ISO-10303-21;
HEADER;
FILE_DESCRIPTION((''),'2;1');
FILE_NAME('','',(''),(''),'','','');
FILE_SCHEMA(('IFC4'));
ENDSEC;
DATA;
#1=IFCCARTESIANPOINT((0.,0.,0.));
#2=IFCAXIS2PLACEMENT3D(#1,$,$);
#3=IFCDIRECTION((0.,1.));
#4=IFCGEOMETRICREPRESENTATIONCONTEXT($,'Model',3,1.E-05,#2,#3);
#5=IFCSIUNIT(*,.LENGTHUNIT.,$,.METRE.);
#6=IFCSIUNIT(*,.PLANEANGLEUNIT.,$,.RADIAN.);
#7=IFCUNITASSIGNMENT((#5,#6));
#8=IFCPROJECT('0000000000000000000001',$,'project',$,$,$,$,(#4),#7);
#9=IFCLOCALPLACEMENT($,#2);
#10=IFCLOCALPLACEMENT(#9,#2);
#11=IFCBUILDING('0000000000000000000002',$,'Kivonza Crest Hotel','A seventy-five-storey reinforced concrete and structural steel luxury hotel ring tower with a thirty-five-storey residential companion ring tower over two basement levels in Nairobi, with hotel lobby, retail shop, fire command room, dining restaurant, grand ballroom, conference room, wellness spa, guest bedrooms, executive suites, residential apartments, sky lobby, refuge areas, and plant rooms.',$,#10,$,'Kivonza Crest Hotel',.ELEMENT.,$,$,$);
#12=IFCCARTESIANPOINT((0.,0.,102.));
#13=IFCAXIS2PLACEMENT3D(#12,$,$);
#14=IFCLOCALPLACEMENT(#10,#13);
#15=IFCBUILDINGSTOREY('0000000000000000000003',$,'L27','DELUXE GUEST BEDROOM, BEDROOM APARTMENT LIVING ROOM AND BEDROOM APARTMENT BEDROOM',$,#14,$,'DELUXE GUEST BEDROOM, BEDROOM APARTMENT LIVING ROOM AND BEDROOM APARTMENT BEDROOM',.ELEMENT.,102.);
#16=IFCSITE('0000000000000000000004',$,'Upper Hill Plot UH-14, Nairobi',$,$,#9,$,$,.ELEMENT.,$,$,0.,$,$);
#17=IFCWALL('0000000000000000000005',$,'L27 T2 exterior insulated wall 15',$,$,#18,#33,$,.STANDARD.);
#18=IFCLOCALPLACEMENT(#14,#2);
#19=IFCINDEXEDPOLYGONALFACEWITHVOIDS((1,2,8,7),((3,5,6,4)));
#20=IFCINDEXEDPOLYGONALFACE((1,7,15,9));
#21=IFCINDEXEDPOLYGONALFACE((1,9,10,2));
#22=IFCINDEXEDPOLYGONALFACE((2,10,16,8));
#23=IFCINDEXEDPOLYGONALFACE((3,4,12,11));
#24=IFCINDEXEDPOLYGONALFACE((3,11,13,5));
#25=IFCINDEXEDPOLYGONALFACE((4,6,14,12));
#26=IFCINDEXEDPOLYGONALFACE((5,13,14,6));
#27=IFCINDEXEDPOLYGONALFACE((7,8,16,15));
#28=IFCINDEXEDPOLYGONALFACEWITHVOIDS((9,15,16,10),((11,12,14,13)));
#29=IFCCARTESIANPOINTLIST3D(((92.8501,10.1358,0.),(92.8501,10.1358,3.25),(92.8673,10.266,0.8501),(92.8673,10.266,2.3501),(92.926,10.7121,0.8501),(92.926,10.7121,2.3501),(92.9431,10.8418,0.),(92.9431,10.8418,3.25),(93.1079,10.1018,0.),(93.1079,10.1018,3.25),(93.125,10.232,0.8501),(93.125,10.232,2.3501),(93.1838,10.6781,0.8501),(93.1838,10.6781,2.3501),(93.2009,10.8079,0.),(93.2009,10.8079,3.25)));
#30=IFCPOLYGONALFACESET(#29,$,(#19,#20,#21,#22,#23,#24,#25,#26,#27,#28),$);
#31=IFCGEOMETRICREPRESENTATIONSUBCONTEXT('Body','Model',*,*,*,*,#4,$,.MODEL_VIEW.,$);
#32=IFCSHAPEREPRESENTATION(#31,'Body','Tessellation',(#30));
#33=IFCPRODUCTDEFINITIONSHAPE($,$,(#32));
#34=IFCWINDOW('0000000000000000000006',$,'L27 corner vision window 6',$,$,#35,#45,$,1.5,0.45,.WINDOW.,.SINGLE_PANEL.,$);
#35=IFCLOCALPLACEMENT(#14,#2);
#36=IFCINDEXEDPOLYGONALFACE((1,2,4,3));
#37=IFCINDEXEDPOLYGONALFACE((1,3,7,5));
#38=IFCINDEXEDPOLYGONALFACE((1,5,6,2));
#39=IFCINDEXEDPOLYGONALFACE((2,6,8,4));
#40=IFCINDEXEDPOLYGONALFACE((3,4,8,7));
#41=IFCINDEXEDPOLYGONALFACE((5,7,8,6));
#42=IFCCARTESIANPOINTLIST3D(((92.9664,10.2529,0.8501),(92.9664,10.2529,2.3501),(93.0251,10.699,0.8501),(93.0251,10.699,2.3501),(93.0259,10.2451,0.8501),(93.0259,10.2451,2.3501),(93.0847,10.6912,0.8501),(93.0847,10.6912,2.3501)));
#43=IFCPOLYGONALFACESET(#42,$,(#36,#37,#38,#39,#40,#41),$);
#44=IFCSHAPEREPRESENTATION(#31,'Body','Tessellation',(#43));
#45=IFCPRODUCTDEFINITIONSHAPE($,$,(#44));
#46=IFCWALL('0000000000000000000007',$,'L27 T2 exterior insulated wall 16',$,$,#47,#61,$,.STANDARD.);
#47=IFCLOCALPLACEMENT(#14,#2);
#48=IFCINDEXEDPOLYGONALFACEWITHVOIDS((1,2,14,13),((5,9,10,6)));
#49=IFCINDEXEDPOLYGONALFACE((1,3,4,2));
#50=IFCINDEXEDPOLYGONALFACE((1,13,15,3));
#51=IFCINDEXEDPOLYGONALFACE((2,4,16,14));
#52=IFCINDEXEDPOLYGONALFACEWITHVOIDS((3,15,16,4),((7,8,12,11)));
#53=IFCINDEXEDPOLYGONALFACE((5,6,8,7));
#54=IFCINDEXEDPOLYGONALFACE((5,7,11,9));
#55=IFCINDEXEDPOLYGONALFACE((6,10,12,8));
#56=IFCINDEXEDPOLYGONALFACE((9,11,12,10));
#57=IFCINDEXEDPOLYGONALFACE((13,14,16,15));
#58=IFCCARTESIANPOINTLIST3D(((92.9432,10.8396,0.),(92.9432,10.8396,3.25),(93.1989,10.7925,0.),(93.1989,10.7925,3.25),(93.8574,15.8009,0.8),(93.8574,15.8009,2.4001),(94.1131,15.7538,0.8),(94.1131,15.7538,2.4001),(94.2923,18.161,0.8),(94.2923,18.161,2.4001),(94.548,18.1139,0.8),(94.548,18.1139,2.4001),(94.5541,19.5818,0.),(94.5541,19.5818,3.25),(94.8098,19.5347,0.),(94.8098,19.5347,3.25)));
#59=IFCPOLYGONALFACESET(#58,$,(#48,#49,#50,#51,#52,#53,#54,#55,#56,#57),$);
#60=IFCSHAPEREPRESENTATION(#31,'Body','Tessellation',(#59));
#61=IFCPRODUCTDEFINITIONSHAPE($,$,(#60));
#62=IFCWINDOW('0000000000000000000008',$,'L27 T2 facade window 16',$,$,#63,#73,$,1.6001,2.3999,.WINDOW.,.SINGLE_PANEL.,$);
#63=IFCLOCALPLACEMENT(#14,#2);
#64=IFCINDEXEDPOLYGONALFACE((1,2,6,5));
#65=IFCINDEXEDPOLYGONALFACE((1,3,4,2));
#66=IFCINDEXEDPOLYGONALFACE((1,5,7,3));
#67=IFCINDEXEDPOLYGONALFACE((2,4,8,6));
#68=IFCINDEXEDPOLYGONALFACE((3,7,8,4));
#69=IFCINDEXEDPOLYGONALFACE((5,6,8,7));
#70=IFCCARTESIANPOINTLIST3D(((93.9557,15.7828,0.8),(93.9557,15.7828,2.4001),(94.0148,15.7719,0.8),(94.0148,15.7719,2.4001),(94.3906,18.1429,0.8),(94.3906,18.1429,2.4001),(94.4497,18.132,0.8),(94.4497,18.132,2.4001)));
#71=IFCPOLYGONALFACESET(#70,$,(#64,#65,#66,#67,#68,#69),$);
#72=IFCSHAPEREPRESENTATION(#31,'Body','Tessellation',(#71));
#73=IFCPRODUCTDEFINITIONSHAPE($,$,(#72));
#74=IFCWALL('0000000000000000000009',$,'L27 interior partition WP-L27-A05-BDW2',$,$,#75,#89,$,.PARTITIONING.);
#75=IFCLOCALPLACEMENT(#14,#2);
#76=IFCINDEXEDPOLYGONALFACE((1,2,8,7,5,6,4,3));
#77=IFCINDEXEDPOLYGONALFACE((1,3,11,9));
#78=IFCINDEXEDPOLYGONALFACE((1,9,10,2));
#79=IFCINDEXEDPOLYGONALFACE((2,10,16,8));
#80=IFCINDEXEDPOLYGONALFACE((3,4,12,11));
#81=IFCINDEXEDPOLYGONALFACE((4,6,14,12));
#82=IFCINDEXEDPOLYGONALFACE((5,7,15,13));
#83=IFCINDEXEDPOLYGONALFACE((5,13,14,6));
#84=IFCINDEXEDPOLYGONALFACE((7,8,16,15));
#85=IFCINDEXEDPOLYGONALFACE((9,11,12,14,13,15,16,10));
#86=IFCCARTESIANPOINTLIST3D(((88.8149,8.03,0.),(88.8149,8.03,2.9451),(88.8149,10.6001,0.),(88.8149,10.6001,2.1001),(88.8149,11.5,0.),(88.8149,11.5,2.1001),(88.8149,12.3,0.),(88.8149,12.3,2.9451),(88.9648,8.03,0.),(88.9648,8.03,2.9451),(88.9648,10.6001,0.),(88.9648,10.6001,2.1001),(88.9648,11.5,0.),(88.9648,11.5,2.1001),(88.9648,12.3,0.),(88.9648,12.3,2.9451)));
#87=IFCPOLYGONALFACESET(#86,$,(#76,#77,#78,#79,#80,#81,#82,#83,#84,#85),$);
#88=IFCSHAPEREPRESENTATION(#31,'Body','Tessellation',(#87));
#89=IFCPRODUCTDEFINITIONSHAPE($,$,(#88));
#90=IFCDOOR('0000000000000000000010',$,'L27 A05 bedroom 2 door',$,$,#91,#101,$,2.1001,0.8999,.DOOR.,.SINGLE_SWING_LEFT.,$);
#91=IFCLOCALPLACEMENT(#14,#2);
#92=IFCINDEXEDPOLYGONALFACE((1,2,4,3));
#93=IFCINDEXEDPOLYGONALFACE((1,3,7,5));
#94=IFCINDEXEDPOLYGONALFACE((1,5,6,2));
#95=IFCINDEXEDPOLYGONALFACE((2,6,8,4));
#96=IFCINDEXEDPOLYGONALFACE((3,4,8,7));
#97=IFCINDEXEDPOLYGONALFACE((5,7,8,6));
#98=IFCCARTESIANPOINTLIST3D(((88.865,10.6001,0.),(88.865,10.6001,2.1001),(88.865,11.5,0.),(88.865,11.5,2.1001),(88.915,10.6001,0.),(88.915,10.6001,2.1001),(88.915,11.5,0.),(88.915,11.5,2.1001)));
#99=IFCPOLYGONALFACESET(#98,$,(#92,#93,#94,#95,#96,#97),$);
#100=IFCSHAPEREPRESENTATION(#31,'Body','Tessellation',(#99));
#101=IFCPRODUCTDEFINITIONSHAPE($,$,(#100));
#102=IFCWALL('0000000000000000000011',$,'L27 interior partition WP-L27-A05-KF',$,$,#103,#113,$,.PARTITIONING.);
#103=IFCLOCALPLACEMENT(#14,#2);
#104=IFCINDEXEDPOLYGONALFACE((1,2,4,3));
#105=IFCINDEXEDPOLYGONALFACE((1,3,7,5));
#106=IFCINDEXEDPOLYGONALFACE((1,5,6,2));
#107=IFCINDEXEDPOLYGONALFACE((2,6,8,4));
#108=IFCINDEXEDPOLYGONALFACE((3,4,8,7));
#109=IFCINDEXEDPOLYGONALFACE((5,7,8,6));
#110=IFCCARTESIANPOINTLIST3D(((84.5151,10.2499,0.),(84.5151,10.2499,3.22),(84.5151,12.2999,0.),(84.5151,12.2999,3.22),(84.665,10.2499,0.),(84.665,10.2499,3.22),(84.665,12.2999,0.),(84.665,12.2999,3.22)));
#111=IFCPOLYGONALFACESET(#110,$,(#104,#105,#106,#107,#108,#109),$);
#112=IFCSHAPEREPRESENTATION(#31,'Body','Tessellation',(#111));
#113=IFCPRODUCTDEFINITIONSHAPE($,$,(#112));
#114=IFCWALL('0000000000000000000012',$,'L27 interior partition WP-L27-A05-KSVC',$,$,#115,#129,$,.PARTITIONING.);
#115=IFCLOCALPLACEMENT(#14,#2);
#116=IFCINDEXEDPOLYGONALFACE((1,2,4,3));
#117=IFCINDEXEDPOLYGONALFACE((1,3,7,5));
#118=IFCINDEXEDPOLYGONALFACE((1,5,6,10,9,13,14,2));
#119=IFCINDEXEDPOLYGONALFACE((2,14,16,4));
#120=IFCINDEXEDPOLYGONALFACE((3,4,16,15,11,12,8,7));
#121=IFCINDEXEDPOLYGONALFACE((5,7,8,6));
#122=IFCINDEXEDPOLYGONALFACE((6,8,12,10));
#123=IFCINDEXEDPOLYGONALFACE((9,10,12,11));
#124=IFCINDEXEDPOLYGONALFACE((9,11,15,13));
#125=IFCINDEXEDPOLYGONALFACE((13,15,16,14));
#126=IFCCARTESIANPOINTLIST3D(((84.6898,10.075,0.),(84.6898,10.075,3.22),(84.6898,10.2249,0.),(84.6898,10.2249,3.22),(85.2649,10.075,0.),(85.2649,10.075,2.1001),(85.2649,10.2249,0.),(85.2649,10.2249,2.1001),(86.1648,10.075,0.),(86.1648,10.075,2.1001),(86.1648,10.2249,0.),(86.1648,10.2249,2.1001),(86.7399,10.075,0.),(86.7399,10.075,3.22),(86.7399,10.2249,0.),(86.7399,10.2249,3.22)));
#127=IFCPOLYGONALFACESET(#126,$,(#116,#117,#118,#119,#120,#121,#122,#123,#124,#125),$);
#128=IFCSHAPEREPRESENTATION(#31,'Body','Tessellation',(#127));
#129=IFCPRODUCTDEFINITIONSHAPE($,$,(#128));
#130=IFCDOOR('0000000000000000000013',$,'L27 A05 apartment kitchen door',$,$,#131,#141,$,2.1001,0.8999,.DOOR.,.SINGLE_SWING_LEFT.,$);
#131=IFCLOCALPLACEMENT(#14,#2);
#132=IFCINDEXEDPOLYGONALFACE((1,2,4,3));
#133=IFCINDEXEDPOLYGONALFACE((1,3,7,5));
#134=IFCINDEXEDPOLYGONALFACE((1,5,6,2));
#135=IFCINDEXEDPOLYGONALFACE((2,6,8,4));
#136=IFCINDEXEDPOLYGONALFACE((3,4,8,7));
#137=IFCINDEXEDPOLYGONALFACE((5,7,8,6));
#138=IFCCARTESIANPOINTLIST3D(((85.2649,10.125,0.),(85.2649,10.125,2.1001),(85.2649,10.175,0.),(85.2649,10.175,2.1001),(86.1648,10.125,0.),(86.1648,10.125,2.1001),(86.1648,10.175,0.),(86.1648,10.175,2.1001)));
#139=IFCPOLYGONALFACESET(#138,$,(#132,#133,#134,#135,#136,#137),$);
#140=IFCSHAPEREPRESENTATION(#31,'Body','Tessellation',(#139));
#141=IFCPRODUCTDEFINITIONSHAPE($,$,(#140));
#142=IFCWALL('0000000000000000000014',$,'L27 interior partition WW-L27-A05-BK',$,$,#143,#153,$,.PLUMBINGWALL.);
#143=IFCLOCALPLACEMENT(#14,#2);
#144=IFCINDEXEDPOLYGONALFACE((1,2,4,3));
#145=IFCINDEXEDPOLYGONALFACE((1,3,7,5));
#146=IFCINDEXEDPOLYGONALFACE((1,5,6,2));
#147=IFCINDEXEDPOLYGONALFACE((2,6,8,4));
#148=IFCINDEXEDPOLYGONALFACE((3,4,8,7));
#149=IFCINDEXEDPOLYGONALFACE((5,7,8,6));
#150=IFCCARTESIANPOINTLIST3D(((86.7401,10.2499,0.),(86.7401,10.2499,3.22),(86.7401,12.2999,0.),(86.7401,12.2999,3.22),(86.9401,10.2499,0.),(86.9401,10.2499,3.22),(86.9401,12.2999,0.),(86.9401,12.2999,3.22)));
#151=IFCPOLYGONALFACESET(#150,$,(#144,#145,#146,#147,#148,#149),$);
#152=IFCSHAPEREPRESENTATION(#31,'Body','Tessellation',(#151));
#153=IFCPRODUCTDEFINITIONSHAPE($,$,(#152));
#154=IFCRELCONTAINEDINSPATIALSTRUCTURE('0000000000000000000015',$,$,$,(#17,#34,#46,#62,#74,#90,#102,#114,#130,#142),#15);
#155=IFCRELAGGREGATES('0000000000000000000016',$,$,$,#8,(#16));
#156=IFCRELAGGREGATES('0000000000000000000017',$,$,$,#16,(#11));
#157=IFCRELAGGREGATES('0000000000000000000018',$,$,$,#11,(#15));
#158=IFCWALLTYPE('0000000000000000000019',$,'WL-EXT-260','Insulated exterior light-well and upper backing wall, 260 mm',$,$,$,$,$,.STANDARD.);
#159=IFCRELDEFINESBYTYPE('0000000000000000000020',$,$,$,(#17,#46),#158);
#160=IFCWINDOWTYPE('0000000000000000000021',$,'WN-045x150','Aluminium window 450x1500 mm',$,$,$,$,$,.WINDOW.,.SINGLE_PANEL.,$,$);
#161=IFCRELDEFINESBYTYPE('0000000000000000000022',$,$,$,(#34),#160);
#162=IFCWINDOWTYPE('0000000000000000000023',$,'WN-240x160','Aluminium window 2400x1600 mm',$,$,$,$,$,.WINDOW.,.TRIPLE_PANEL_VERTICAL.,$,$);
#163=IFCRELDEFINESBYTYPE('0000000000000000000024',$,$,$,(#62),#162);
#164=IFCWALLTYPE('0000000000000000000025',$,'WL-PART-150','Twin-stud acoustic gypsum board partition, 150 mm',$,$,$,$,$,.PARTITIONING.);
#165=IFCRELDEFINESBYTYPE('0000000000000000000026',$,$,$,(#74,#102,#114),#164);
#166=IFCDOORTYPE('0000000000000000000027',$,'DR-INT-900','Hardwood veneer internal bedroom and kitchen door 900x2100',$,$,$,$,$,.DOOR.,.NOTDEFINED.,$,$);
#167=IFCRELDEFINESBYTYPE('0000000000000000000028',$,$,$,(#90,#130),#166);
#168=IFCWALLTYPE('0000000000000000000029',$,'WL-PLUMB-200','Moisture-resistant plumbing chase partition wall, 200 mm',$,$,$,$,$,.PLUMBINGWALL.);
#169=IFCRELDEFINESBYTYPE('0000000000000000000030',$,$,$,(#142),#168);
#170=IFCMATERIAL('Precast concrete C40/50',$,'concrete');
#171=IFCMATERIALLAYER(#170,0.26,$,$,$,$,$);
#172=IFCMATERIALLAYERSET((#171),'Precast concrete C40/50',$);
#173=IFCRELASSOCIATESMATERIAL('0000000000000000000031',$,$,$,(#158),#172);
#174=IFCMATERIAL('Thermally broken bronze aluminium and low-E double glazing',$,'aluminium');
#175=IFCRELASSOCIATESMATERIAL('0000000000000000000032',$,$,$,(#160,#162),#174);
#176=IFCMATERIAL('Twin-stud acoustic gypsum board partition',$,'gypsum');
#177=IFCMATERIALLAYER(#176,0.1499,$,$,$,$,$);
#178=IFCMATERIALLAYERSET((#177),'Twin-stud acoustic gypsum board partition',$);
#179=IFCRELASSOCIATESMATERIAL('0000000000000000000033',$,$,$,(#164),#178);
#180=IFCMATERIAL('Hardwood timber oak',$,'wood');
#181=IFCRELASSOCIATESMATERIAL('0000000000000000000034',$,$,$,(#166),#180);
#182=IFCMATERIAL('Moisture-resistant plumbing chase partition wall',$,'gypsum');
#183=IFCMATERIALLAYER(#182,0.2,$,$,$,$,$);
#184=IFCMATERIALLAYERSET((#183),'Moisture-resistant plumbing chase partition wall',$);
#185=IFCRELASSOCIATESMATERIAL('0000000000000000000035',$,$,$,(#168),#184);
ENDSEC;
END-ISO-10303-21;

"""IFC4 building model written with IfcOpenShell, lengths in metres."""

from ifc_helpers import new_model, si_unit, direction, frame, frame_2d, origin, place, context, subcontext, project, spatial, rectangle, extrude, material, layer, layer_set, type_object, element, fill, save


model = new_model("IFC4")

# Units and contexts
model_context = context("Model", 3, precision=1e-05, world=origin(), true_north=direction((0.0, 1.0)))
body_context = subcontext(model_context, "Body", "Model", "MODEL_VIEW")
ifc_project = project(units=[si_unit("LENGTHUNIT", "METRE"), si_unit("PLANEANGLEUNIT", "RADIAN")], contexts=[model_context])

# Site, building, storey
site_placement = place(None, origin())
site = spatial("IfcSite", under=ifc_project, at=site_placement, Name="Upper Hill Plot UH-14, Nairobi", CompositionType="ELEMENT", RefElevation=0.0)
building_placement = place(site_placement, origin())
building = spatial("IfcBuilding", under=site, at=building_placement, Name="Kivonza Crest Hotel", Description="A seventy-five-storey reinforced concrete and structural steel luxury hotel ring tower with a thirty-five-storey residential companion ring tower over two basement levels in Nairobi, with hotel lobby, retail shop, fire command room, dining restaurant, grand ballroom, conference room, wellness spa, guest bedrooms, executive suites, residential apartments, sky lobby, refuge areas, and plant rooms.", LongName="Kivonza Crest Hotel", CompositionType="ELEMENT")
storey_placement = place(building_placement, frame((0.0, 0.0, 102.0)))
storey = spatial("IfcBuildingStorey", under=building, at=storey_placement, Name="L27", Description="DELUXE GUEST BEDROOM, BEDROOM APARTMENT LIVING ROOM AND BEDROOM APARTMENT BEDROOM", LongName="DELUXE GUEST BEDROOM, BEDROOM APARTMENT LIVING ROOM AND BEDROOM APARTMENT BEDROOM", CompositionType="ELEMENT", Elevation=102.0)

# Shared definitions
ifc_material_1 = material(Name="Precast concrete C40/50", Category="concrete")
ifc_layer_1 = layer(ifc_material_1, 0.26)
ifc_layer_set_1 = layer_set([ifc_layer_1], Name="Precast concrete C40/50")
wall_type_1 = type_object("IfcWallType", Name="WL-EXT-260", Description="Insulated exterior light-well and upper backing wall, 260 mm", PredefinedType="STANDARD", material=ifc_layer_set_1)

# Walls, openings, windows
wall_1_placement = place(storey_placement, frame((92.979, 10.1189, 0.0), z_axis=(0.0, 0.0, 1.0), x_axis=(0.130614, 0.991433, 0.0)))
wall_1 = element("IfcWall", 1, at=wall_1_placement, inside=storey, type_object=wall_type_1, Name="L27 T2 exterior insulated wall 15", PredefinedType="STANDARD", context=body_context, shape_type="SweptSolid", body=[
    extrude(rectangle(XDim=0.7122, YDim=0.26, at=frame_2d((0.356, 0.0))), origin(), (0.0, 0.0, 1.0), 3.25),
])
opening_1_placement = place(wall_1_placement, frame((0.1311, 0.0, 0.8501)))
opening_1 = element("IfcOpeningElement", 2, at=opening_1_placement, cuts=wall_1, PredefinedType="OPENING", context=body_context, shape_type="SweptSolid", body=[
    extrude(rectangle(XDim=0.45, YDim=1.5, at=frame_2d((0.2251, 0.75))), frame((0.0, 0.1401, 0.0), z_axis=(0.0, -1.0, 0.0), x_axis=(1.0, 0.0, 0.0)), (0.0, 0.0, 1.0), 0.28),
])
ifc_material_2 = material(Name="Thermally broken bronze aluminium and low-E double glazing", Category="aluminium")
window_type_1 = type_object("IfcWindowType", Name="WN-045x150", Description="Aluminium window 450x1500 mm", PartitioningType="SINGLE_PANEL", PredefinedType="WINDOW", material=ifc_material_2)
window_1_placement = place(opening_1_placement, origin())
window_1 = element("IfcWindow", 3, at=window_1_placement, inside=storey, type_object=window_type_1, Name="L27 corner vision window 6", OverallHeight=1.5, OverallWidth=0.45, PartitioningType="SINGLE_PANEL", PredefinedType="WINDOW", context=body_context, shape_type="SweptSolid", body=[
    extrude(rectangle(XDim=0.45, YDim=1.5, at=frame_2d((0.2251, 0.75))), frame((0.0, 0.03, 0.0), z_axis=(0.0, -1.0, 0.0), x_axis=(1.0, 0.0, 0.0)), (0.0, 0.0, 1.0), 0.0601),
])
fill(opening_1, window_1)
wall_2_placement = place(storey_placement, frame((93.071, 10.8159, 0.0), z_axis=(0.0, 0.0, 1.0), x_axis=(0.18121, 0.983444, 0.0)))
wall_2 = element("IfcWall", 4, at=wall_2_placement, inside=storey, type_object=wall_type_1, Name="L27 T2 exterior insulated wall 16", PredefinedType="STANDARD", context=body_context, shape_type="SweptSolid", body=[
    extrude(rectangle(XDim=8.8894, YDim=0.26, at=frame_2d((4.4448, 0.0))), origin(), (0.0, 0.0, 1.0), 3.25),
])
opening_2_placement = place(wall_2_placement, frame((5.0449, 0.0, 0.8)))
opening_2 = element("IfcOpeningElement", 5, at=opening_2_placement, cuts=wall_2, PredefinedType="OPENING", context=body_context, shape_type="SweptSolid", body=[
    extrude(rectangle(XDim=2.3999, YDim=1.6001, at=frame_2d((1.2, 0.8))), frame((0.0, 0.1401, 0.0), z_axis=(0.0, -1.0, 0.0), x_axis=(1.0, 0.0, 0.0)), (0.0, 0.0, 1.0), 0.28),
])
window_type_2 = type_object("IfcWindowType", Name="WN-240x160", Description="Aluminium window 2400x1600 mm", PartitioningType="TRIPLE_PANEL_VERTICAL", PredefinedType="WINDOW", material=ifc_material_2)
window_2_placement = place(opening_2_placement, origin())
window_2 = element("IfcWindow", 6, at=window_2_placement, inside=storey, type_object=window_type_2, Name="L27 T2 facade window 16", OverallHeight=1.6001, OverallWidth=2.3999, PartitioningType="SINGLE_PANEL", PredefinedType="WINDOW", context=body_context, shape_type="SweptSolid", body=[
    extrude(rectangle(XDim=2.3999, YDim=1.6001, at=frame_2d((1.2, 0.8))), frame((0.0, 0.03, 0.0), z_axis=(0.0, -1.0, 0.0), x_axis=(1.0, 0.0, 0.0)), (0.0, 0.0, 1.0), 0.0601),
])
fill(opening_2, window_2)

# Wall, opening, door
ifc_material_3 = material(Name="Twin-stud acoustic gypsum board partition", Category="gypsum")
ifc_layer_2 = layer(ifc_material_3, 0.1499)
ifc_layer_set_2 = layer_set([ifc_layer_2], Name="Twin-stud acoustic gypsum board partition")
wall_type_2 = type_object("IfcWallType", Name="WL-PART-150", Description="Twin-stud acoustic gypsum board partition, 150 mm", PredefinedType="PARTITIONING", material=ifc_layer_set_2)
wall_3_placement = place(storey_placement, frame((88.8899, 8.03, 0.0), z_axis=(0.0, 0.0, 1.0), x_axis=(0.0, 1.0, 0.0)))
wall_3 = element("IfcWall", 7, at=wall_3_placement, inside=storey, type_object=wall_type_2, Name="L27 interior partition WP-L27-A05-BDW2", PredefinedType="PARTITIONING", context=body_context, shape_type="SweptSolid", body=[
    extrude(rectangle(XDim=4.27, YDim=0.1499, at=frame_2d((2.135, 0.0))), origin(), (0.0, 0.0, 1.0), 2.9451),
])
opening_3_placement = place(wall_3_placement, frame((2.5701, 0.0, 0.0)))
opening_3 = element("IfcOpeningElement", 8, at=opening_3_placement, cuts=wall_3, PredefinedType="OPENING", context=body_context, shape_type="SweptSolid", body=[
    extrude(rectangle(XDim=0.8999, YDim=2.1001, at=frame_2d((0.45, 1.05))), frame((0.0, 0.085, 0.0), z_axis=(0.0, -1.0, 0.0), x_axis=(1.0, 0.0, 0.0)), (0.0, 0.0, 1.0), 0.1699),
])
ifc_material_4 = material(Name="Hardwood timber oak", Category="wood")
door_type_1 = type_object("IfcDoorType", Name="DR-INT-900", Description="Hardwood veneer internal bedroom and kitchen door 900x2100", OperationType="NOTDEFINED", PredefinedType="DOOR", material=ifc_material_4)
door_1_placement = place(opening_3_placement, origin())
door_1 = element("IfcDoor", 9, at=door_1_placement, inside=storey, type_object=door_type_1, Name="L27 A05 bedroom 2 door", OperationType="SINGLE_SWING_LEFT", OverallHeight=2.1001, OverallWidth=0.8999, PredefinedType="DOOR", context=body_context, shape_type="SweptSolid", body=[
    extrude(rectangle(XDim=0.8999, YDim=2.1001, at=frame_2d((0.45, 1.05))), frame((0.0, 0.0249, 0.0), z_axis=(0.0, -1.0, 0.0), x_axis=(1.0, 0.0, 0.0)), (0.0, 0.0, 1.0), 0.05),
])
fill(opening_3, door_1)

# Wall
wall_4_placement = place(storey_placement, frame((84.5901, 10.25, 0.0), z_axis=(0.0, 0.0, 1.0), x_axis=(0.0, 1.0, 0.0)))
element("IfcWall", 10, at=wall_4_placement, inside=storey, type_object=wall_type_2, Name="L27 interior partition WP-L27-A05-KF", PredefinedType="PARTITIONING", context=body_context, shape_type="SweptSolid", body=[
    extrude(rectangle(XDim=2.05, YDim=0.1499, at=frame_2d((1.0249, 0.0))), origin(), (0.0, 0.0, 1.0), 3.22),
])

# Wall, opening, door
wall_5_placement = place(storey_placement, frame((84.6899, 10.1499, 0.0), z_axis=(0.0, 0.0, 1.0), x_axis=(1.0, 0.0, 0.0)))
wall_5 = element("IfcWall", 11, at=wall_5_placement, inside=storey, type_object=wall_type_2, Name="L27 interior partition WP-L27-A05-KSVC", PredefinedType="PARTITIONING", context=body_context, shape_type="SweptSolid", body=[
    extrude(rectangle(XDim=2.05, YDim=0.1499, at=frame_2d((1.0249, 0.0))), origin(), (0.0, 0.0, 1.0), 3.22),
])
opening_4_placement = place(wall_5_placement, frame((0.575, 0.0, 0.0)))
opening_4 = element("IfcOpeningElement", 12, at=opening_4_placement, cuts=wall_5, PredefinedType="OPENING", context=body_context, shape_type="SweptSolid", body=[
    extrude(rectangle(XDim=0.8999, YDim=2.1001, at=frame_2d((0.45, 1.05))), frame((0.0, 0.085, 0.0), z_axis=(0.0, -1.0, 0.0), x_axis=(1.0, 0.0, 0.0)), (0.0, 0.0, 1.0), 0.1699),
])
door_2_placement = place(opening_4_placement, frame((0.8999, 0.0, 0.0), z_axis=(0.0, 0.0, 1.0), x_axis=(-1.0, 0.0, 0.0)))
door_2 = element("IfcDoor", 13, at=door_2_placement, inside=storey, type_object=door_type_1, Name="L27 A05 apartment kitchen door", OperationType="SINGLE_SWING_LEFT", OverallHeight=2.1001, OverallWidth=0.8999, PredefinedType="DOOR", context=body_context, shape_type="SweptSolid", body=[
    extrude(rectangle(XDim=0.8999, YDim=2.1001, at=frame_2d((0.45, 1.05))), frame((0.0, 0.0249, 0.0), z_axis=(0.0, -1.0, 0.0), x_axis=(1.0, 0.0, 0.0)), (0.0, 0.0, 1.0), 0.05),
])
fill(opening_4, door_2)

# Wall
ifc_material_5 = material(Name="Moisture-resistant plumbing chase partition wall", Category="gypsum")
ifc_layer_3 = layer(ifc_material_5, 0.2)
ifc_layer_set_3 = layer_set([ifc_layer_3], Name="Moisture-resistant plumbing chase partition wall")
wall_type_3 = type_object("IfcWallType", Name="WL-PLUMB-200", Description="Moisture-resistant plumbing chase partition wall, 200 mm", PredefinedType="PLUMBINGWALL", material=ifc_layer_set_3)
wall_6_placement = place(storey_placement, frame((86.8401, 10.25, 0.0), z_axis=(0.0, 0.0, 1.0), x_axis=(0.0, 1.0, 0.0)))
element("IfcWall", 14, at=wall_6_placement, inside=storey, type_object=wall_type_3, Name="L27 interior partition WW-L27-A05-BK", PredefinedType="PLUMBINGWALL", context=body_context, shape_type="SweptSolid", body=[
    extrude(rectangle(XDim=2.05, YDim=0.2, at=frame_2d((1.0249, 0.0))), origin(), (0.0, 0.0, 1.0), 3.22),
])

save(model, "model.ifc")
